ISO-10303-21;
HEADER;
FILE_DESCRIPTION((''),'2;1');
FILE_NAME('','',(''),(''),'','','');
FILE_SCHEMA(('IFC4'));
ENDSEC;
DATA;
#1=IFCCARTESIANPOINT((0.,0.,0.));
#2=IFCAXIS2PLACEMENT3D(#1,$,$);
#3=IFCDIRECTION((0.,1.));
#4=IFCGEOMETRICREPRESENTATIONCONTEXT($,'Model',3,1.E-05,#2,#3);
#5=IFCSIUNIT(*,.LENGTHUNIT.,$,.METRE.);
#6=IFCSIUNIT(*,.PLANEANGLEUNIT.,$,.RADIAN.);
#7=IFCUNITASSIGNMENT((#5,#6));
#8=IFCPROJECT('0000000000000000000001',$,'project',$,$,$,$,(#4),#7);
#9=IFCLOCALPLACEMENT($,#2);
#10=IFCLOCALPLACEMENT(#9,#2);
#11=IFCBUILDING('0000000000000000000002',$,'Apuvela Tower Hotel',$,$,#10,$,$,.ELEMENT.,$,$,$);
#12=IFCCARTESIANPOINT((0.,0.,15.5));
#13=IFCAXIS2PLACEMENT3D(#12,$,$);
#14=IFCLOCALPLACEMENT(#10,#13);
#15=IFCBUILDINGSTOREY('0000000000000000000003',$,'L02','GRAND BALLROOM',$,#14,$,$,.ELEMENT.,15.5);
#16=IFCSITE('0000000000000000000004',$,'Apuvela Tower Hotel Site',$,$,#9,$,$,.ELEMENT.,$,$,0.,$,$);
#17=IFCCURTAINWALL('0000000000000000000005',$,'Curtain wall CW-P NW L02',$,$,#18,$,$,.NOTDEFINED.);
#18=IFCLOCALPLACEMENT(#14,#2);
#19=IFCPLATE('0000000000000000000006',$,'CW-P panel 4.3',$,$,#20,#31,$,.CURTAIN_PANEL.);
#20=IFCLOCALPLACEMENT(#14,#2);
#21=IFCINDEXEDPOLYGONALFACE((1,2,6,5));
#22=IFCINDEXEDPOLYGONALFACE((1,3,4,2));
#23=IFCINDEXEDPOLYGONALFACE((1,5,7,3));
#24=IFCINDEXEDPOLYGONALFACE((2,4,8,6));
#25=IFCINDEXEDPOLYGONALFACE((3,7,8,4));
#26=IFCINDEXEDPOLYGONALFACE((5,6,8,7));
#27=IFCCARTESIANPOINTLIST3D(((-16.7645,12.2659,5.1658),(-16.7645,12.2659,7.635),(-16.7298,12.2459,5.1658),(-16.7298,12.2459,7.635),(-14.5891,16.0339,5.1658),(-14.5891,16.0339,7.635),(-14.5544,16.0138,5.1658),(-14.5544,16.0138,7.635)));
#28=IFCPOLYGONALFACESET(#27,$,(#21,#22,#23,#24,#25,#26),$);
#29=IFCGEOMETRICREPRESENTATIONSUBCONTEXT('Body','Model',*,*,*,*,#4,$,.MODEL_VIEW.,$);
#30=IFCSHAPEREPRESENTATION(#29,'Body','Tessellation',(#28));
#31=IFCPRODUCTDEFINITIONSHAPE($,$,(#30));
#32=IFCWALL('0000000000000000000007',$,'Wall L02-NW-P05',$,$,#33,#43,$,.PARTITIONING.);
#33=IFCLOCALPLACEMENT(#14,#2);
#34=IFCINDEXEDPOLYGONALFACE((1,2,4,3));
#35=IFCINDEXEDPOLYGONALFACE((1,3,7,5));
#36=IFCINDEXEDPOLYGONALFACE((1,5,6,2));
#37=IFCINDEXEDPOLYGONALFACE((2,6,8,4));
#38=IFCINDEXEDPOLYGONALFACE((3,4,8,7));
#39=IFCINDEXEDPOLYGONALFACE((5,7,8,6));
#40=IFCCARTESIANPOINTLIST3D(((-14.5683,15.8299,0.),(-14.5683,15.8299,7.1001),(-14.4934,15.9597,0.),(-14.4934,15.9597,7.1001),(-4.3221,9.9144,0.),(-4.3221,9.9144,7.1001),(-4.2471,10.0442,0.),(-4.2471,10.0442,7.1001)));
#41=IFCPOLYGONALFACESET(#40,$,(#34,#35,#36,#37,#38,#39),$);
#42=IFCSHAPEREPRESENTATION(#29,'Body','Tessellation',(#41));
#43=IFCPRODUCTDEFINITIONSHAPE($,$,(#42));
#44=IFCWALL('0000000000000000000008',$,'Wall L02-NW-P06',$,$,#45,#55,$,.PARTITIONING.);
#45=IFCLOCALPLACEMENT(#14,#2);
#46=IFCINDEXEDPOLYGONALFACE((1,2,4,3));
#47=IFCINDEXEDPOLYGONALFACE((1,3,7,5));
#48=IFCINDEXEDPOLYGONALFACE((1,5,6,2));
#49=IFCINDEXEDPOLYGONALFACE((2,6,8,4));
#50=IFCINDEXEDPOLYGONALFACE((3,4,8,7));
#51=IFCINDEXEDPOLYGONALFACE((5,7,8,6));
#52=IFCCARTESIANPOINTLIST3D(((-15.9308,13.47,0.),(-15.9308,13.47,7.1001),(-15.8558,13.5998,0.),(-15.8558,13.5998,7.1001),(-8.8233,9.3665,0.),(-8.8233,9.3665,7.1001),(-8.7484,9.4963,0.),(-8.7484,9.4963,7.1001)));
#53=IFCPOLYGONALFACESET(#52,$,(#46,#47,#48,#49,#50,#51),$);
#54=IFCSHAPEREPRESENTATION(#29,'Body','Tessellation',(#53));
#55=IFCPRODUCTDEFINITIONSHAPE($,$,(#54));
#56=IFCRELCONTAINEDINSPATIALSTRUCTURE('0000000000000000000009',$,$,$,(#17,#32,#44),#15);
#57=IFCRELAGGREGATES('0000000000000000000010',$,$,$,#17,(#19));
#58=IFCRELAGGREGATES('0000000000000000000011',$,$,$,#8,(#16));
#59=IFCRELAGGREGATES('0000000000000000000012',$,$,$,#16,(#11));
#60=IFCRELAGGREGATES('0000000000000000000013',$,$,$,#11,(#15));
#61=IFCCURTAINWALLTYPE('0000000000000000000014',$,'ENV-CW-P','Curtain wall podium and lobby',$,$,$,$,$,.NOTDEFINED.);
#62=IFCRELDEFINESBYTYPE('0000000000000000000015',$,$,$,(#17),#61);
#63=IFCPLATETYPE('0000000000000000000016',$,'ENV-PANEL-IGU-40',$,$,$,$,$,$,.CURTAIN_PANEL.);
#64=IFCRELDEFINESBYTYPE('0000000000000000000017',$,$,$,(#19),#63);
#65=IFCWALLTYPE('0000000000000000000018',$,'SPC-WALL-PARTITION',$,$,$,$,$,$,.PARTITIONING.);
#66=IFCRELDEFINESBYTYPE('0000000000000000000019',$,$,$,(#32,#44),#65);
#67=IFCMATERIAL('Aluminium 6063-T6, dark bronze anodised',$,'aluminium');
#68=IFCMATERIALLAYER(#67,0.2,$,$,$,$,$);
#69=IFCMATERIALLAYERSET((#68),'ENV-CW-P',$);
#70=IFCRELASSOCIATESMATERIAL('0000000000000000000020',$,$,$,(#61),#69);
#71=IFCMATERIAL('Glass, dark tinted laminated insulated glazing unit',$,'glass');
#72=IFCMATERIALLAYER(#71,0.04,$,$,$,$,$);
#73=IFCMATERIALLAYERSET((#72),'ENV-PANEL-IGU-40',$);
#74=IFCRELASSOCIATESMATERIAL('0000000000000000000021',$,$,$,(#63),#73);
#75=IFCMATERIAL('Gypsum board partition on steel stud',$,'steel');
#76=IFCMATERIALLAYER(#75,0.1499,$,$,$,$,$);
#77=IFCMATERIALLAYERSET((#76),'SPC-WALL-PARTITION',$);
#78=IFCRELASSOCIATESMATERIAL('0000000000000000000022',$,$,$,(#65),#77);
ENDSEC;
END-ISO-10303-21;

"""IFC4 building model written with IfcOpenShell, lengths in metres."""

from ifc_helpers import new_model, si_unit, direction, frame, frame_2d, origin, origin_2d, place, context, subcontext, project, spatial, rectangle, extrude, material, layer, layer_set, type_object, element, aggregate, save


model = new_model("IFC4")

# Units and contexts
model_context = context("Model", 3, precision=1e-05, world=origin(), true_north=direction((0.0, 1.0)))
body_context = subcontext(model_context, "Body", "Model", "MODEL_VIEW")
ifc_project = project(units=[si_unit("LENGTHUNIT", "METRE"), si_unit("PLANEANGLEUNIT", "RADIAN")], contexts=[model_context])

# Site, building, storey
site_placement = place(None, origin())
site = spatial("IfcSite", under=ifc_project, at=site_placement, Name="Apuvela Tower Hotel Site", CompositionType="ELEMENT", RefElevation=0.0)
building_placement = place(site_placement, origin())
building = spatial("IfcBuilding", under=site, at=building_placement, Name="Apuvela Tower Hotel", CompositionType="ELEMENT")
storey_placement = place(building_placement, frame((0.0, 0.0, 15.5)))
storey = spatial("IfcBuildingStorey", under=building, at=storey_placement, Name="L02", Description="GRAND BALLROOM", CompositionType="ELEMENT", Elevation=15.5)

# Curtain wall
ifc_material_1 = material(Name="Aluminium 6063-T6, dark bronze anodised", Category="aluminium")
ifc_layer_1 = layer(ifc_material_1, 0.2)
ifc_layer_set_1 = layer_set([ifc_layer_1], Name="ENV-CW-P")
curtain_wall_type = type_object("IfcCurtainWallType", Name="ENV-CW-P", Description="Curtain wall podium and lobby", PredefinedType="NOTDEFINED", material=ifc_layer_set_1)
curtain_wall_placement = place(storey_placement, origin())
curtain_wall = element("IfcCurtainWall", 1, at=curtain_wall_placement, inside=storey, type_object=curtain_wall_type, Name="Curtain wall CW-P NW L02", PredefinedType="NOTDEFINED")

# Plate
ifc_material_2 = material(Name="Glass, dark tinted laminated insulated glazing unit", Category="glass")
ifc_layer_2 = layer(ifc_material_2, 0.04)
ifc_layer_set_2 = layer_set([ifc_layer_2], Name="ENV-PANEL-IGU-40")
plate_type = type_object("IfcPlateType", Name="ENV-PANEL-IGU-40", PredefinedType="CURTAIN_PANEL", material=ifc_layer_set_2)
plate_1_placement = place(storey_placement, frame((-15.6594, 14.1399, 5.1658), z_axis=(0.0, 0.0, 1.0), x_axis=(-0.500001, -0.866025, 0.0)))
plate_1 = element("IfcPlate", 2, at=plate_1_placement, type_object=plate_type, Name="CW-P panel 4.3", PredefinedType="CURTAIN_PANEL", context=body_context, shape_type="SweptSolid", body=[
    extrude(rectangle(XDim=4.3508, YDim=0.04, at=origin_2d()), origin(), (0.0, 0.0, 1.0), 2.4692),
])
aggregate(curtain_wall, [plate_1])

# Walls
ifc_material_3 = material(Name="Gypsum board partition on steel stud", Category="steel")
ifc_layer_3 = layer(ifc_material_3, 0.1499)
ifc_layer_set_3 = layer_set([ifc_layer_3], Name="SPC-WALL-PARTITION")
wall_type = type_object("IfcWallType", Name="SPC-WALL-PARTITION", PredefinedType="PARTITIONING", material=ifc_layer_set_3)
wall_1_placement = place(storey_placement, frame((-14.5308, 15.8948, 0.0), z_axis=(0.0, 0.0, 1.0), x_axis=(0.866033, -0.499987, 0.0)))
element("IfcWall", 3, at=wall_1_placement, inside=storey, type_object=wall_type, Name="Wall L02-NW-P05", PredefinedType="PARTITIONING", context=body_context, shape_type="SweptSolid", body=[
    extrude(rectangle(XDim=11.8313, YDim=0.1499, at=frame_2d((5.9155, 0.0))), origin(), (0.0, 0.0, 1.0), 7.1001),
])
wall_2_placement = place(storey_placement, frame((-15.8933, 13.5349, 0.0), z_axis=(0.0, 0.0, 1.0), x_axis=(0.866023, -0.500004, 0.0)))
element("IfcWall", 4, at=wall_2_placement, inside=storey, type_object=wall_type, Name="Wall L02-NW-P06", PredefinedType="PARTITIONING", context=body_context, shape_type="SweptSolid", body=[
    extrude(rectangle(XDim=8.207, YDim=0.1499, at=frame_2d((4.1035, 0.0))), origin(), (0.0, 0.0, 1.0), 7.1001),
])

save(model, "model.ifc")
